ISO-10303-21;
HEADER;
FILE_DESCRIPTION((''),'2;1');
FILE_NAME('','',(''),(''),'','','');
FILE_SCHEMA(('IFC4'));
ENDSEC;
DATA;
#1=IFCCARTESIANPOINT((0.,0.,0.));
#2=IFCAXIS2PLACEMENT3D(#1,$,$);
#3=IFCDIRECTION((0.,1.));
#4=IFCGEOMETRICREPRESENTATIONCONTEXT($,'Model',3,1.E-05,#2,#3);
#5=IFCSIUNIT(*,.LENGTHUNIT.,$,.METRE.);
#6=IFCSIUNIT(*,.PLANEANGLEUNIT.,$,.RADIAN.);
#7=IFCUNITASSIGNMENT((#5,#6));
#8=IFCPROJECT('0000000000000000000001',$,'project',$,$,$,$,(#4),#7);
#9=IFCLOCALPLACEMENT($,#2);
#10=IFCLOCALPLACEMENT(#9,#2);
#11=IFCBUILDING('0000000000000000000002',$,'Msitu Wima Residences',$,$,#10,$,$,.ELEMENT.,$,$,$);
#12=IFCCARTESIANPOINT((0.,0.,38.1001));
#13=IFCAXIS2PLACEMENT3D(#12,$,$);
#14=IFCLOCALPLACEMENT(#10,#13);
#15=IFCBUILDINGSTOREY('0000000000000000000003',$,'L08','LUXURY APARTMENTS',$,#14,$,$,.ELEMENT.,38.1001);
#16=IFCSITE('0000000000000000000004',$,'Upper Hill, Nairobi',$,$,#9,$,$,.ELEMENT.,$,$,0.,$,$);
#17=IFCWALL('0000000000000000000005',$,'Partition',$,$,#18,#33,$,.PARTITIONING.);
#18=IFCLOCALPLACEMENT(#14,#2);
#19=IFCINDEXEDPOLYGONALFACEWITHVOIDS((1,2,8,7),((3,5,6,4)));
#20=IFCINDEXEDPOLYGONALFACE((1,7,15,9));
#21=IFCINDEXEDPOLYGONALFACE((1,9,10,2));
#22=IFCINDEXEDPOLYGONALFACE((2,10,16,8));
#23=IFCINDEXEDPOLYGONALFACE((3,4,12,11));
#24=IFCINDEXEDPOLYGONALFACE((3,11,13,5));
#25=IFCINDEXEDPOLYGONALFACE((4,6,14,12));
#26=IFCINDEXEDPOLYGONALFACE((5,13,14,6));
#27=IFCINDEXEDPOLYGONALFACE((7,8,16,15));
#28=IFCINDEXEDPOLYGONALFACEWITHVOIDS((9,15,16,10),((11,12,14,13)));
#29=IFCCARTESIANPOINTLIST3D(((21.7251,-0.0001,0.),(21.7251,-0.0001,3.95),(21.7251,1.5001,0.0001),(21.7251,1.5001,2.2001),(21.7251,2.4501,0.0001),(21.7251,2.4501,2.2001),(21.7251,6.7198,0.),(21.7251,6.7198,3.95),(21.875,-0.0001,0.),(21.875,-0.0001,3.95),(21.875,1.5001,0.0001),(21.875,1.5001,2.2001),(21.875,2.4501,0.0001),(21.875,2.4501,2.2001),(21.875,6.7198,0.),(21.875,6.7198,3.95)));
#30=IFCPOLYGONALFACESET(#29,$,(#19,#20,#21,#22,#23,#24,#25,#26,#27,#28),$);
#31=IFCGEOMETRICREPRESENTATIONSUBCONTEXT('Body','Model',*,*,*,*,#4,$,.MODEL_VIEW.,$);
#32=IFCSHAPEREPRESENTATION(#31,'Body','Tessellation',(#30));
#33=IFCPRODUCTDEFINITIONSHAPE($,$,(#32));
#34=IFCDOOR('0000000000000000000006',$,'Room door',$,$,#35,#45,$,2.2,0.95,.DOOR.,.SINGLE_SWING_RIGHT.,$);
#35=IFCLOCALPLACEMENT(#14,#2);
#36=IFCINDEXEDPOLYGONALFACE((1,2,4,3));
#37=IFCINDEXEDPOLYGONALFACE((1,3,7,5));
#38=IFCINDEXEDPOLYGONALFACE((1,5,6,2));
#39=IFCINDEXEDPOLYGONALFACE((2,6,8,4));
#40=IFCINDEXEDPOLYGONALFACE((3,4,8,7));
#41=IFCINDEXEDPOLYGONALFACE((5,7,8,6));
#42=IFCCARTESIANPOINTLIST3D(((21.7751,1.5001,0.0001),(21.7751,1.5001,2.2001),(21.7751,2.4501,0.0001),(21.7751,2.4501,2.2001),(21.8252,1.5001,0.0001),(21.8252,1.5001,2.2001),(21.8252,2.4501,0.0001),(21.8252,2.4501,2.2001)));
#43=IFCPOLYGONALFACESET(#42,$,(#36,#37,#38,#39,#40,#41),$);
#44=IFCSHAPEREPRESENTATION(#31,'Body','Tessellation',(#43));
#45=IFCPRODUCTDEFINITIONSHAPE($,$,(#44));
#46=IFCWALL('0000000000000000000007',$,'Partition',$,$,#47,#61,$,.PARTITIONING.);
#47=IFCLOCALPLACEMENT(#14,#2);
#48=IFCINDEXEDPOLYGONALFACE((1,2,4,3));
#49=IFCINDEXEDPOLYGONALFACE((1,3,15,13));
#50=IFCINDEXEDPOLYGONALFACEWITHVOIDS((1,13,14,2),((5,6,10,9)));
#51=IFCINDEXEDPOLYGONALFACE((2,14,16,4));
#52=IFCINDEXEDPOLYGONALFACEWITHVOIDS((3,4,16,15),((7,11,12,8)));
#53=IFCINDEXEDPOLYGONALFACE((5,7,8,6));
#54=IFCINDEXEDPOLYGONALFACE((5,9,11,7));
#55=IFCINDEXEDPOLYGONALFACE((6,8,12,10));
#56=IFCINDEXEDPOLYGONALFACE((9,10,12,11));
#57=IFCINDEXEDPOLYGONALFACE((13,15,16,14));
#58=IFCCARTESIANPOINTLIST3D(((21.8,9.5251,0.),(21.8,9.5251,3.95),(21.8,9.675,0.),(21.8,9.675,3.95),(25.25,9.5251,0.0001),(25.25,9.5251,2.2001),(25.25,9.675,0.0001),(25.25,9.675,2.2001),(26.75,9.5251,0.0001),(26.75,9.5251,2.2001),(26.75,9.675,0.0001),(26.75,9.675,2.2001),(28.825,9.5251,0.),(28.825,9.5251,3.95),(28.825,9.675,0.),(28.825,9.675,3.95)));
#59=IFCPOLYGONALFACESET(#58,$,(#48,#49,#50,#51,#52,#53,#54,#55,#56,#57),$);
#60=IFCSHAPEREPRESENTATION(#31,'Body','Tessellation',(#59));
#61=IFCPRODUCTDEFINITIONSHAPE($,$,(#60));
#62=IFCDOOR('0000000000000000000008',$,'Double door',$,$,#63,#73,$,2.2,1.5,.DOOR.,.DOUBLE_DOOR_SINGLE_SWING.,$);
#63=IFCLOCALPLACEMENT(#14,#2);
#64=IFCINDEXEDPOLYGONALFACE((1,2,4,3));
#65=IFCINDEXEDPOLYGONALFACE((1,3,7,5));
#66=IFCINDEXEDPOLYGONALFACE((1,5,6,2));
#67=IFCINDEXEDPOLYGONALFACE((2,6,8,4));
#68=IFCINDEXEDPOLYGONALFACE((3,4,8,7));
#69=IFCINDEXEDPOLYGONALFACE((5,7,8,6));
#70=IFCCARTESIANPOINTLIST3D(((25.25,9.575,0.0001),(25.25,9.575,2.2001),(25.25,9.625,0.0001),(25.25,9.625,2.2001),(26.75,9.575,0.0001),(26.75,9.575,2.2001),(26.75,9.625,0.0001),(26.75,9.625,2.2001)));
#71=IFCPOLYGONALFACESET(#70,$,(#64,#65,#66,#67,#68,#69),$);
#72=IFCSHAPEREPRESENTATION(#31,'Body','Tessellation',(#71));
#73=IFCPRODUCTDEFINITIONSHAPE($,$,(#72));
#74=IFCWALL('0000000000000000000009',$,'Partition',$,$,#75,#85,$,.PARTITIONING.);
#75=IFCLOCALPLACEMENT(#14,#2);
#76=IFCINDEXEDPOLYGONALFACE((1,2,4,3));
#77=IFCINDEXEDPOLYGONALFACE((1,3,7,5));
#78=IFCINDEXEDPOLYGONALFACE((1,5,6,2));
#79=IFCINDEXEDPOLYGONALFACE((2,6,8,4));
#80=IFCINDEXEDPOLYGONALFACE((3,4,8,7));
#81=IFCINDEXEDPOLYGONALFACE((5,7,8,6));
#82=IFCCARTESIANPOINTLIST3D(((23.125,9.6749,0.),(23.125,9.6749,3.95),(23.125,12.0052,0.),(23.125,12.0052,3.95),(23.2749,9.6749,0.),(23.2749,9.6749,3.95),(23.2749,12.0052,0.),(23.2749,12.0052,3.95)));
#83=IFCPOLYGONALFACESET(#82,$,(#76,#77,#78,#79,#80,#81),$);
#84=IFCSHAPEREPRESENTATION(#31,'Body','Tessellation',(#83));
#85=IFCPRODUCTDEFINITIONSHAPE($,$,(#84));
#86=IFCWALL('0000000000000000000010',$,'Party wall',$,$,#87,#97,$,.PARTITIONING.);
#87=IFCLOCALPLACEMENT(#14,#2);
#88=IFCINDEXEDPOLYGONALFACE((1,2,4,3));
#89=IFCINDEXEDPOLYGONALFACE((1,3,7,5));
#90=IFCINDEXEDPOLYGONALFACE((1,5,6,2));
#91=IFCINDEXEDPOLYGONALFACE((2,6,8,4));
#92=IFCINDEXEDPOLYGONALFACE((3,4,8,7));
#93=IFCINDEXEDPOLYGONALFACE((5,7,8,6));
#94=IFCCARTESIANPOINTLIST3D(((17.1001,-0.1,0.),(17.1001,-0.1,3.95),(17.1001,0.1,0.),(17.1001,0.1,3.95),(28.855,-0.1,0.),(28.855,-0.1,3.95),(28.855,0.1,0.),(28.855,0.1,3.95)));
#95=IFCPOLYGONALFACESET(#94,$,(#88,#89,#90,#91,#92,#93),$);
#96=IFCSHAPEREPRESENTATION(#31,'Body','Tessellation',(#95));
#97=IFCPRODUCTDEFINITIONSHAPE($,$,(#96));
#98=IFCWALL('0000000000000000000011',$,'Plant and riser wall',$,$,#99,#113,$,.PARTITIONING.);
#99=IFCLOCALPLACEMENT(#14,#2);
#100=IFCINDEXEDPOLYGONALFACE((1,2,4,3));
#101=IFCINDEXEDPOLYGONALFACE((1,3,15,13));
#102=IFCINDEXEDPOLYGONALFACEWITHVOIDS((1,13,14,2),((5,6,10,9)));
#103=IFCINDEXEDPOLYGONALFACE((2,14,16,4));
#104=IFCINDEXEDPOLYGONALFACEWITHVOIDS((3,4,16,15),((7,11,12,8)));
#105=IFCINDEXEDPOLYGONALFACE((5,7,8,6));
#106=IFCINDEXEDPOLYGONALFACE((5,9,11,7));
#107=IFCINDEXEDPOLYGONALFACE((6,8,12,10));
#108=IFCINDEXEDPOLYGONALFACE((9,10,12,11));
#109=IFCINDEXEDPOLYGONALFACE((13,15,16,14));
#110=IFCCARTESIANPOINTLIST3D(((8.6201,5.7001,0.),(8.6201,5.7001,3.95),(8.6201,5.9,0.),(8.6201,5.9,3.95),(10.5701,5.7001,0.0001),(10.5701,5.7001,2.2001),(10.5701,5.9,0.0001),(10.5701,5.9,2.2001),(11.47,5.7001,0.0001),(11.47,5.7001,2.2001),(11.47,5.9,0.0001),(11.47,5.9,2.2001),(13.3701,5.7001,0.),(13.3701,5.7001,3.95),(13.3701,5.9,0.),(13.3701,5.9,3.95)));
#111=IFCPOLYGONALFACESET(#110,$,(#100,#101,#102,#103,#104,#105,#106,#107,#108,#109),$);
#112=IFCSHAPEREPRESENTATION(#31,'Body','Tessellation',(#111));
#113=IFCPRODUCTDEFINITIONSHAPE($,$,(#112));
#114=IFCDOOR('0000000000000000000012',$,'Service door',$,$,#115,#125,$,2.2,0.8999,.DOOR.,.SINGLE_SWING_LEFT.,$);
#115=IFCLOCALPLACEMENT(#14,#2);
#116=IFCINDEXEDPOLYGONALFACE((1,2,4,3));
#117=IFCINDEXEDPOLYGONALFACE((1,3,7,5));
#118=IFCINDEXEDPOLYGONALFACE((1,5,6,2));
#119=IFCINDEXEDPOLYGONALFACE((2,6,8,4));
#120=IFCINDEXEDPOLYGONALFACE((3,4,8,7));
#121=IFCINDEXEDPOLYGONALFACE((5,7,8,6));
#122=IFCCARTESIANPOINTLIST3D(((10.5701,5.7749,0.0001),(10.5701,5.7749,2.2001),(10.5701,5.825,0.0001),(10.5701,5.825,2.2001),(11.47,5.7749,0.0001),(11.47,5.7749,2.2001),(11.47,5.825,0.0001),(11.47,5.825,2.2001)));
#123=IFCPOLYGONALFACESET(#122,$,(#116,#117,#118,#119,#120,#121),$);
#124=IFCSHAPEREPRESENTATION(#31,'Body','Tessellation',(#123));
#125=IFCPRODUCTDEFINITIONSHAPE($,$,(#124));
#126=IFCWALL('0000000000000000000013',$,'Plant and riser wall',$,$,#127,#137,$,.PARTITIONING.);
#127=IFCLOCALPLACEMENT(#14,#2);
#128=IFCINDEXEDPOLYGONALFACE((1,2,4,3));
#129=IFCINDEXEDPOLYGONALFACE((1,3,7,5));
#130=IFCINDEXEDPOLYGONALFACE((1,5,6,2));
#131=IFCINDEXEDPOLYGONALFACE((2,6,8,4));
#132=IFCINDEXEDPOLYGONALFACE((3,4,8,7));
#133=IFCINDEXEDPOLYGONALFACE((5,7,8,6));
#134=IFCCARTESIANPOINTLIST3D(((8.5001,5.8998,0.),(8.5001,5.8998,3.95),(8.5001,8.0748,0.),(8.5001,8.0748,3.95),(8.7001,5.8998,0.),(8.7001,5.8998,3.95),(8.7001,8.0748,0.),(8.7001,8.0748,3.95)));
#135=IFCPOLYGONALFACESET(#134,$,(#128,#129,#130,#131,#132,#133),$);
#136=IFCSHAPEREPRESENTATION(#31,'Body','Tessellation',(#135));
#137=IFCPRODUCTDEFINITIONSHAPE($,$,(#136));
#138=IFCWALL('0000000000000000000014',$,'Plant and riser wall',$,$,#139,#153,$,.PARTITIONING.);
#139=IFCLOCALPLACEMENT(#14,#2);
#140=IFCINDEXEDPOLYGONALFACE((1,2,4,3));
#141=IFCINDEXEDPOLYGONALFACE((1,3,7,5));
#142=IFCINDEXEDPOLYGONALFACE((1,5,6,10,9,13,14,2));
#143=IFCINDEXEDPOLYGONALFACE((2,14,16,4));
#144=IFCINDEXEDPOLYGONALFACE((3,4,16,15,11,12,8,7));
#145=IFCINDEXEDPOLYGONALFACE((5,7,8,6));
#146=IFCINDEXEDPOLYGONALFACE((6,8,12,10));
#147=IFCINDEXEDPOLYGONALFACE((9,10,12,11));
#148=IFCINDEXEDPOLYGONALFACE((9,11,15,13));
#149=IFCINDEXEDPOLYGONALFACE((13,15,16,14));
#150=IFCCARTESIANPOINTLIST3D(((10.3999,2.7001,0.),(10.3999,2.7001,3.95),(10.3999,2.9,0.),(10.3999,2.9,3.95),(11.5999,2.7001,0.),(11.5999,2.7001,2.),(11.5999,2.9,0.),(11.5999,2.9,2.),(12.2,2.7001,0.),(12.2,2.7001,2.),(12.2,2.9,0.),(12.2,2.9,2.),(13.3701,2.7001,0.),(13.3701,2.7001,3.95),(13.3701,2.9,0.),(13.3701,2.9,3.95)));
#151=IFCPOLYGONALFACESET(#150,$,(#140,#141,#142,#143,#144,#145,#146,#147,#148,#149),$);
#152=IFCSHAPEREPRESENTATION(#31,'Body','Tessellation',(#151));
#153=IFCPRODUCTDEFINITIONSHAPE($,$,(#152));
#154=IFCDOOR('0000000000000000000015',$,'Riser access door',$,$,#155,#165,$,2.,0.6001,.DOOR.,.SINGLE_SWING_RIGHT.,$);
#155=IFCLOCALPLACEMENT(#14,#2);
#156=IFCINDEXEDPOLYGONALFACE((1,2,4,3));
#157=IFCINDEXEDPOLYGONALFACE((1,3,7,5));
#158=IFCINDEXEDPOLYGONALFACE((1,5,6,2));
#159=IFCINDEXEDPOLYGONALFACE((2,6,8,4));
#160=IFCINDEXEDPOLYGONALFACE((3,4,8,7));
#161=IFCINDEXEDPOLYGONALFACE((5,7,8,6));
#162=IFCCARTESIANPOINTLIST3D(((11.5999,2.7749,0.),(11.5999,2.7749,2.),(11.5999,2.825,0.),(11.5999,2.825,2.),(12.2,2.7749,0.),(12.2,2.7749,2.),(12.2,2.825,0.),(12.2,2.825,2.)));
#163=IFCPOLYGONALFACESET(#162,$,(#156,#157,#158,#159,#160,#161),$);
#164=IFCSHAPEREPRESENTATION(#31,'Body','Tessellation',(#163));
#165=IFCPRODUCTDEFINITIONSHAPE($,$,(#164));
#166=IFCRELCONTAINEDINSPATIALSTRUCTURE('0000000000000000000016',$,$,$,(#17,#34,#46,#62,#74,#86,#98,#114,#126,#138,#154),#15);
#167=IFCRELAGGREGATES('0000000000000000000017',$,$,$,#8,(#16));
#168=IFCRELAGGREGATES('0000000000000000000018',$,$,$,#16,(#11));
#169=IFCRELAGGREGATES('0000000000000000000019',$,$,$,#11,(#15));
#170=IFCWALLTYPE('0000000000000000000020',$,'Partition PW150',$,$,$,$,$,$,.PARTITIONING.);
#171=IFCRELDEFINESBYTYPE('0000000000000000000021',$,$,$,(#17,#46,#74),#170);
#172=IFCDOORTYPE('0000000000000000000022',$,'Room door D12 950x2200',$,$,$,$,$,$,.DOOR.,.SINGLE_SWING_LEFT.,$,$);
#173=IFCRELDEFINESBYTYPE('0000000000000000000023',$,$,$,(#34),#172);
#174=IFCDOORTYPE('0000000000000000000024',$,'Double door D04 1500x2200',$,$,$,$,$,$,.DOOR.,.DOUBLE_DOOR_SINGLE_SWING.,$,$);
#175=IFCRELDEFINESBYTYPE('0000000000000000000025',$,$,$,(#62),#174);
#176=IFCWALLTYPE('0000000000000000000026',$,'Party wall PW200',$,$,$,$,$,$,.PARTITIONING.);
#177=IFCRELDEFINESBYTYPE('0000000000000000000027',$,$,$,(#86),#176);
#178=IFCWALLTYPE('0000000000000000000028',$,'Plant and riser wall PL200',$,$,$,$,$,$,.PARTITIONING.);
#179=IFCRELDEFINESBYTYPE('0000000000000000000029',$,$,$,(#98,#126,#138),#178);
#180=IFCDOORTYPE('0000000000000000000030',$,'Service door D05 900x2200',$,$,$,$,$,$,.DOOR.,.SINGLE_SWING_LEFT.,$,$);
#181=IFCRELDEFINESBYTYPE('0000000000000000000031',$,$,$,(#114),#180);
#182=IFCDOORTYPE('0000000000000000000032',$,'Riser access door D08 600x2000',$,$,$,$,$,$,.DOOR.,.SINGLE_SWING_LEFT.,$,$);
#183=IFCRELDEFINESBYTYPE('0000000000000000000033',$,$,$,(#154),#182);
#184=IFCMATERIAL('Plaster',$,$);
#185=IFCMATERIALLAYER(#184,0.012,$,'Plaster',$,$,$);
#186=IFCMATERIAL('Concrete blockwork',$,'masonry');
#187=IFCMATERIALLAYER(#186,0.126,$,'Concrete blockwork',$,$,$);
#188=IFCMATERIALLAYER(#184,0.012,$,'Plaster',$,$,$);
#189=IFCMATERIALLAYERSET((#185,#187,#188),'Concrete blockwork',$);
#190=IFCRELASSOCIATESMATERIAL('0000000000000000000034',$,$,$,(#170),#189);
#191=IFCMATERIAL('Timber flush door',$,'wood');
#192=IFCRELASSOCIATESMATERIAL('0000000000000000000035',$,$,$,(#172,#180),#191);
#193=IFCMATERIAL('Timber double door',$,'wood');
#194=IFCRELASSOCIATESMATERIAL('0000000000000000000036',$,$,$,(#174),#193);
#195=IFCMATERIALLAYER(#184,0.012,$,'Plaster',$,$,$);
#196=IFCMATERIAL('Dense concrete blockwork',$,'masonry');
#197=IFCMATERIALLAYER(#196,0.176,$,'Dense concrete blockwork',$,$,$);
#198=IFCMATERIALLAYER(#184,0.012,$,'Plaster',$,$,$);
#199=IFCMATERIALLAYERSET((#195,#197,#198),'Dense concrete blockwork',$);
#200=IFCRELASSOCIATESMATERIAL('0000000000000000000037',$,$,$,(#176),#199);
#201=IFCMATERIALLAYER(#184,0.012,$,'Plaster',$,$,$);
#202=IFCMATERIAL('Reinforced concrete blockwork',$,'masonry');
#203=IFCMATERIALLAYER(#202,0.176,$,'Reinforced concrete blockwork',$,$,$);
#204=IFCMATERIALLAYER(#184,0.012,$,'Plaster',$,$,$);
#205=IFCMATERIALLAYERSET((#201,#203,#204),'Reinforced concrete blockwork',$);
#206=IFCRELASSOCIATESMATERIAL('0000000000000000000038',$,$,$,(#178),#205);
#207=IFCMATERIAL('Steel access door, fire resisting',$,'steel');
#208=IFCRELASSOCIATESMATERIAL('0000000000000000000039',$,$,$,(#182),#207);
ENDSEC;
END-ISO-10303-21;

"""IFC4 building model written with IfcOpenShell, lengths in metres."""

from ifc_helpers import new_model, si_unit, direction, frame, frame_2d, origin, place, context, subcontext, project, spatial, rectangle, extrude, material, layer, layer_set, type_object, element, fill, save


model = new_model("IFC4")

# Units and contexts
model_context = context("Model", 3, precision=1e-05, world=origin(), true_north=direction((0.0, 1.0)))
body_context = subcontext(model_context, "Body", "Model", "MODEL_VIEW")
ifc_project = project(units=[si_unit("LENGTHUNIT", "METRE"), si_unit("PLANEANGLEUNIT", "RADIAN")], contexts=[model_context])

# Site, building, storey
site_placement = place(None, origin())
site = spatial("IfcSite", under=ifc_project, at=site_placement, Name="Upper Hill, Nairobi", CompositionType="ELEMENT", RefElevation=0.0)
building_placement = place(site_placement, origin())
building = spatial("IfcBuilding", under=site, at=building_placement, Name="Msitu Wima Residences", CompositionType="ELEMENT")
storey_placement = place(building_placement, frame((0.0, 0.0, 38.1001)))
storey = spatial("IfcBuildingStorey", under=building, at=storey_placement, Name="L08", Description="LUXURY APARTMENTS", CompositionType="ELEMENT", Elevation=38.1001)

# Walls, openings, doors
ifc_material_1 = material(Name="Plaster")
ifc_layer_1 = layer(ifc_material_1, 0.012, Name="Plaster")
ifc_material_2 = material(Name="Concrete blockwork", Category="masonry")
ifc_layer_2 = layer(ifc_material_2, 0.126, Name="Concrete blockwork")
ifc_layer_3 = layer(ifc_material_1, 0.012, Name="Plaster")
ifc_layer_set_1 = layer_set([ifc_layer_1, ifc_layer_2, ifc_layer_3], Name="Concrete blockwork")
wall_type_1 = type_object("IfcWallType", Name="Partition PW150", PredefinedType="PARTITIONING", material=ifc_layer_set_1)
ifc_material_3 = material(Name="Timber flush door", Category="wood")
door_type_1 = type_object("IfcDoorType", Name="Room door D12 950x2200", OperationType="SINGLE_SWING_LEFT", PredefinedType="DOOR", material=ifc_material_3)
wall_1_placement = place(storey_placement, frame((21.8, 0.0, 0.0), z_axis=(0.0, 0.0, 1.0), x_axis=(0.0, 1.0, 0.0)))
wall_1 = element("IfcWall", 1, at=wall_1_placement, inside=storey, type_object=wall_type_1, Name="Partition", PredefinedType="PARTITIONING", context=body_context, shape_type="SweptSolid", body=[
    extrude(rectangle(XDim=6.72, YDim=0.1499, at=frame_2d((3.3599, 0.0))), origin(), (0.0, 0.0, 1.0), 3.95),
])
opening_1_placement = place(wall_1_placement, frame((1.5, 0.0, 0.0)))
opening_1 = element("IfcOpeningElement", 2, at=opening_1_placement, cuts=wall_1, PredefinedType="OPENING", context=body_context, shape_type="SweptSolid", body=[
    extrude(rectangle(XDim=0.95, YDim=2.2, at=frame_2d((0.4751, 1.1001))), frame((0.0, 0.085, 0.0), z_axis=(0.0, -1.0, 0.0), x_axis=(1.0, 0.0, 0.0)), (0.0, 0.0, 1.0), 0.1699),
])
door_1_placement = place(opening_1_placement, origin())
door_1 = element("IfcDoor", 3, at=door_1_placement, inside=storey, type_object=door_type_1, Name="Room door", OperationType="SINGLE_SWING_RIGHT", OverallHeight=2.2, OverallWidth=0.95, PredefinedType="DOOR", context=body_context, shape_type="SweptSolid", body=[
    extrude(rectangle(XDim=0.95, YDim=2.2, at=frame_2d((0.4751, 1.1001))), frame((0.0, 0.0249, 0.0), z_axis=(0.0, -1.0, 0.0), x_axis=(1.0, 0.0, 0.0)), (0.0, 0.0, 1.0), 0.05),
])
fill(opening_1, door_1)
wall_2_placement = place(storey_placement, frame((21.8, 9.6001, 0.0), z_axis=(0.0, 0.0, 1.0), x_axis=(1.0, 0.0, 0.0)))
wall_2 = element("IfcWall", 4, at=wall_2_placement, inside=storey, type_object=wall_type_1, Name="Partition", PredefinedType="PARTITIONING", context=body_context, shape_type="SweptSolid", body=[
    extrude(rectangle(XDim=7.0249, YDim=0.1499, at=frame_2d((3.5125, 0.0))), origin(), (0.0, 0.0, 1.0), 3.95),
])
opening_2_placement = place(wall_2_placement, frame((3.45, 0.0, 0.0)))
opening_2 = element("IfcOpeningElement", 5, at=opening_2_placement, cuts=wall_2, PredefinedType="OPENING", context=body_context, shape_type="SweptSolid", body=[
    extrude(rectangle(XDim=1.5, YDim=2.2, at=frame_2d((0.75, 1.1001))), frame((0.0, 0.085, 0.0), z_axis=(0.0, -1.0, 0.0), x_axis=(1.0, 0.0, 0.0)), (0.0, 0.0, 1.0), 0.1699),
])
ifc_material_4 = material(Name="Timber double door", Category="wood")
door_type_2 = type_object("IfcDoorType", Name="Double door D04 1500x2200", OperationType="DOUBLE_DOOR_SINGLE_SWING", PredefinedType="DOOR", material=ifc_material_4)
door_2_placement = place(opening_2_placement, origin())
door_2 = element("IfcDoor", 6, at=door_2_placement, inside=storey, type_object=door_type_2, Name="Double door", OperationType="DOUBLE_DOOR_SINGLE_SWING", OverallHeight=2.2, OverallWidth=1.5, PredefinedType="DOOR", context=body_context, shape_type="SweptSolid", body=[
    extrude(rectangle(XDim=1.5, YDim=2.2, at=frame_2d((0.75, 1.1001))), frame((0.0, 0.0249, 0.0), z_axis=(0.0, -1.0, 0.0), x_axis=(1.0, 0.0, 0.0)), (0.0, 0.0, 1.0), 0.05),
])
fill(opening_2, door_2)

# Walls
wall_3_placement = place(storey_placement, frame((23.2, 9.675, 0.0), z_axis=(0.0, 0.0, 1.0), x_axis=(0.0, 1.0, 0.0)))
element("IfcWall", 7, at=wall_3_placement, inside=storey, type_object=wall_type_1, Name="Partition", PredefinedType="PARTITIONING", context=body_context, shape_type="SweptSolid", body=[
    extrude(rectangle(XDim=2.3303, YDim=0.1499, at=frame_2d((1.165, 0.0))), origin(), (0.0, 0.0, 1.0), 3.95),
])
ifc_layer_4 = layer(ifc_material_1, 0.012, Name="Plaster")
ifc_material_5 = material(Name="Dense concrete blockwork", Category="masonry")
ifc_layer_5 = layer(ifc_material_5, 0.176, Name="Dense concrete blockwork")
ifc_layer_6 = layer(ifc_material_1, 0.012, Name="Plaster")
ifc_layer_set_2 = layer_set([ifc_layer_4, ifc_layer_5, ifc_layer_6], Name="Dense concrete blockwork")
wall_type_2 = type_object("IfcWallType", Name="Party wall PW200", PredefinedType="PARTITIONING", material=ifc_layer_set_2)
wall_4_placement = place(storey_placement, frame((17.1001, 0.0, 0.0), z_axis=(0.0, 0.0, 1.0), x_axis=(1.0, 0.0, 0.0)))
element("IfcWall", 8, at=wall_4_placement, inside=storey, type_object=wall_type_2, Name="Party wall", PredefinedType="PARTITIONING", context=body_context, shape_type="SweptSolid", body=[
    extrude(rectangle(XDim=11.7549, YDim=0.2, at=frame_2d((5.8774, 0.0))), origin(), (0.0, 0.0, 1.0), 3.95),
])

# Wall, opening, door
ifc_layer_7 = layer(ifc_material_1, 0.012, Name="Plaster")
ifc_material_6 = material(Name="Reinforced concrete blockwork", Category="masonry")
ifc_layer_8 = layer(ifc_material_6, 0.176, Name="Reinforced concrete blockwork")
ifc_layer_9 = layer(ifc_material_1, 0.012, Name="Plaster")
ifc_layer_set_3 = layer_set([ifc_layer_7, ifc_layer_8, ifc_layer_9], Name="Reinforced concrete blockwork")
wall_type_3 = type_object("IfcWallType", Name="Plant and riser wall PL200", PredefinedType="PARTITIONING", material=ifc_layer_set_3)
wall_5_placement = place(storey_placement, frame((8.6201, 5.8, 0.0), z_axis=(0.0, 0.0, 1.0), x_axis=(1.0, 0.0, 0.0)))
wall_5 = element("IfcWall", 9, at=wall_5_placement, inside=storey, type_object=wall_type_3, Name="Plant and riser wall", PredefinedType="PARTITIONING", context=body_context, shape_type="SweptSolid", body=[
    extrude(rectangle(XDim=4.75, YDim=0.2, at=frame_2d((2.375, 0.0))), origin(), (0.0, 0.0, 1.0), 3.95),
])
opening_3_placement = place(wall_5_placement, frame((1.95, 0.0, 0.0)))
opening_3 = element("IfcOpeningElement", 10, at=opening_3_placement, cuts=wall_5, PredefinedType="OPENING", context=body_context, shape_type="SweptSolid", body=[
    extrude(rectangle(XDim=0.8999, YDim=2.2, at=frame_2d((0.45, 1.1001))), frame((0.0, 0.1099, 0.0), z_axis=(0.0, -1.0, 0.0), x_axis=(1.0, 0.0, 0.0)), (0.0, 0.0, 1.0), 0.22),
])
door_type_3 = type_object("IfcDoorType", Name="Service door D05 900x2200", OperationType="SINGLE_SWING_LEFT", PredefinedType="DOOR", material=ifc_material_3)
door_3_placement = place(opening_3_placement, origin())
door_3 = element("IfcDoor", 11, at=door_3_placement, inside=storey, type_object=door_type_3, Name="Service door", OperationType="SINGLE_SWING_LEFT", OverallHeight=2.2, OverallWidth=0.8999, PredefinedType="DOOR", context=body_context, shape_type="SweptSolid", body=[
    extrude(rectangle(XDim=0.8999, YDim=2.2, at=frame_2d((0.45, 1.1001))), frame((0.0, 0.0249, 0.0), z_axis=(0.0, -1.0, 0.0), x_axis=(1.0, 0.0, 0.0)), (0.0, 0.0, 1.0), 0.05),
])
fill(opening_3, door_3)

# Wall
wall_6_placement = place(storey_placement, frame((8.6001, 5.8999, 0.0), z_axis=(0.0, 0.0, 1.0), x_axis=(0.0, 1.0, 0.0)))
element("IfcWall", 12, at=wall_6_placement, inside=storey, type_object=wall_type_3, Name="Plant and riser wall", PredefinedType="PARTITIONING", context=body_context, shape_type="SweptSolid", body=[
    extrude(rectangle(XDim=2.175, YDim=0.2, at=frame_2d((1.0874, 0.0))), origin(), (0.0, 0.0, 1.0), 3.95),
])

# Wall, opening, door
wall_7_placement = place(storey_placement, frame((10.3999, 2.8, 0.0), z_axis=(0.0, 0.0, 1.0), x_axis=(1.0, 0.0, 0.0)))
wall_7 = element("IfcWall", 13, at=wall_7_placement, inside=storey, type_object=wall_type_3, Name="Plant and riser wall", PredefinedType="PARTITIONING", context=body_context, shape_type="SweptSolid", body=[
    extrude(rectangle(XDim=2.9702, YDim=0.2, at=frame_2d((1.4851, 0.0))), origin(), (0.0, 0.0, 1.0), 3.95),
])
opening_4_placement = place(wall_7_placement, frame((1.2, 0.0, 0.0)))
opening_4 = element("IfcOpeningElement", 14, at=opening_4_placement, cuts=wall_7, PredefinedType="OPENING", context=body_context, shape_type="SweptSolid", body=[
    extrude(rectangle(XDim=0.6001, YDim=2.0, at=frame_2d((0.3, 1.0))), frame((0.0, 0.1099, 0.0), z_axis=(0.0, -1.0, 0.0), x_axis=(1.0, 0.0, 0.0)), (0.0, 0.0, 1.0), 0.22),
])
ifc_material_7 = material(Name="Steel access door, fire resisting", Category="steel")
door_type_4 = type_object("IfcDoorType", Name="Riser access door D08 600x2000", OperationType="SINGLE_SWING_LEFT", PredefinedType="DOOR", material=ifc_material_7)
door_4_placement = place(opening_4_placement, origin())
door_4 = element("IfcDoor", 15, at=door_4_placement, inside=storey, type_object=door_type_4, Name="Riser access door", OperationType="SINGLE_SWING_RIGHT", OverallHeight=2.0, OverallWidth=0.6001, PredefinedType="DOOR", context=body_context, shape_type="SweptSolid", body=[
    extrude(rectangle(XDim=0.6001, YDim=2.0, at=frame_2d((0.3, 1.0))), frame((0.0, 0.0249, 0.0), z_axis=(0.0, -1.0, 0.0), x_axis=(1.0, 0.0, 0.0)), (0.0, 0.0, 1.0), 0.05),
])
fill(opening_4, door_4)

save(model, "model.ifc")
